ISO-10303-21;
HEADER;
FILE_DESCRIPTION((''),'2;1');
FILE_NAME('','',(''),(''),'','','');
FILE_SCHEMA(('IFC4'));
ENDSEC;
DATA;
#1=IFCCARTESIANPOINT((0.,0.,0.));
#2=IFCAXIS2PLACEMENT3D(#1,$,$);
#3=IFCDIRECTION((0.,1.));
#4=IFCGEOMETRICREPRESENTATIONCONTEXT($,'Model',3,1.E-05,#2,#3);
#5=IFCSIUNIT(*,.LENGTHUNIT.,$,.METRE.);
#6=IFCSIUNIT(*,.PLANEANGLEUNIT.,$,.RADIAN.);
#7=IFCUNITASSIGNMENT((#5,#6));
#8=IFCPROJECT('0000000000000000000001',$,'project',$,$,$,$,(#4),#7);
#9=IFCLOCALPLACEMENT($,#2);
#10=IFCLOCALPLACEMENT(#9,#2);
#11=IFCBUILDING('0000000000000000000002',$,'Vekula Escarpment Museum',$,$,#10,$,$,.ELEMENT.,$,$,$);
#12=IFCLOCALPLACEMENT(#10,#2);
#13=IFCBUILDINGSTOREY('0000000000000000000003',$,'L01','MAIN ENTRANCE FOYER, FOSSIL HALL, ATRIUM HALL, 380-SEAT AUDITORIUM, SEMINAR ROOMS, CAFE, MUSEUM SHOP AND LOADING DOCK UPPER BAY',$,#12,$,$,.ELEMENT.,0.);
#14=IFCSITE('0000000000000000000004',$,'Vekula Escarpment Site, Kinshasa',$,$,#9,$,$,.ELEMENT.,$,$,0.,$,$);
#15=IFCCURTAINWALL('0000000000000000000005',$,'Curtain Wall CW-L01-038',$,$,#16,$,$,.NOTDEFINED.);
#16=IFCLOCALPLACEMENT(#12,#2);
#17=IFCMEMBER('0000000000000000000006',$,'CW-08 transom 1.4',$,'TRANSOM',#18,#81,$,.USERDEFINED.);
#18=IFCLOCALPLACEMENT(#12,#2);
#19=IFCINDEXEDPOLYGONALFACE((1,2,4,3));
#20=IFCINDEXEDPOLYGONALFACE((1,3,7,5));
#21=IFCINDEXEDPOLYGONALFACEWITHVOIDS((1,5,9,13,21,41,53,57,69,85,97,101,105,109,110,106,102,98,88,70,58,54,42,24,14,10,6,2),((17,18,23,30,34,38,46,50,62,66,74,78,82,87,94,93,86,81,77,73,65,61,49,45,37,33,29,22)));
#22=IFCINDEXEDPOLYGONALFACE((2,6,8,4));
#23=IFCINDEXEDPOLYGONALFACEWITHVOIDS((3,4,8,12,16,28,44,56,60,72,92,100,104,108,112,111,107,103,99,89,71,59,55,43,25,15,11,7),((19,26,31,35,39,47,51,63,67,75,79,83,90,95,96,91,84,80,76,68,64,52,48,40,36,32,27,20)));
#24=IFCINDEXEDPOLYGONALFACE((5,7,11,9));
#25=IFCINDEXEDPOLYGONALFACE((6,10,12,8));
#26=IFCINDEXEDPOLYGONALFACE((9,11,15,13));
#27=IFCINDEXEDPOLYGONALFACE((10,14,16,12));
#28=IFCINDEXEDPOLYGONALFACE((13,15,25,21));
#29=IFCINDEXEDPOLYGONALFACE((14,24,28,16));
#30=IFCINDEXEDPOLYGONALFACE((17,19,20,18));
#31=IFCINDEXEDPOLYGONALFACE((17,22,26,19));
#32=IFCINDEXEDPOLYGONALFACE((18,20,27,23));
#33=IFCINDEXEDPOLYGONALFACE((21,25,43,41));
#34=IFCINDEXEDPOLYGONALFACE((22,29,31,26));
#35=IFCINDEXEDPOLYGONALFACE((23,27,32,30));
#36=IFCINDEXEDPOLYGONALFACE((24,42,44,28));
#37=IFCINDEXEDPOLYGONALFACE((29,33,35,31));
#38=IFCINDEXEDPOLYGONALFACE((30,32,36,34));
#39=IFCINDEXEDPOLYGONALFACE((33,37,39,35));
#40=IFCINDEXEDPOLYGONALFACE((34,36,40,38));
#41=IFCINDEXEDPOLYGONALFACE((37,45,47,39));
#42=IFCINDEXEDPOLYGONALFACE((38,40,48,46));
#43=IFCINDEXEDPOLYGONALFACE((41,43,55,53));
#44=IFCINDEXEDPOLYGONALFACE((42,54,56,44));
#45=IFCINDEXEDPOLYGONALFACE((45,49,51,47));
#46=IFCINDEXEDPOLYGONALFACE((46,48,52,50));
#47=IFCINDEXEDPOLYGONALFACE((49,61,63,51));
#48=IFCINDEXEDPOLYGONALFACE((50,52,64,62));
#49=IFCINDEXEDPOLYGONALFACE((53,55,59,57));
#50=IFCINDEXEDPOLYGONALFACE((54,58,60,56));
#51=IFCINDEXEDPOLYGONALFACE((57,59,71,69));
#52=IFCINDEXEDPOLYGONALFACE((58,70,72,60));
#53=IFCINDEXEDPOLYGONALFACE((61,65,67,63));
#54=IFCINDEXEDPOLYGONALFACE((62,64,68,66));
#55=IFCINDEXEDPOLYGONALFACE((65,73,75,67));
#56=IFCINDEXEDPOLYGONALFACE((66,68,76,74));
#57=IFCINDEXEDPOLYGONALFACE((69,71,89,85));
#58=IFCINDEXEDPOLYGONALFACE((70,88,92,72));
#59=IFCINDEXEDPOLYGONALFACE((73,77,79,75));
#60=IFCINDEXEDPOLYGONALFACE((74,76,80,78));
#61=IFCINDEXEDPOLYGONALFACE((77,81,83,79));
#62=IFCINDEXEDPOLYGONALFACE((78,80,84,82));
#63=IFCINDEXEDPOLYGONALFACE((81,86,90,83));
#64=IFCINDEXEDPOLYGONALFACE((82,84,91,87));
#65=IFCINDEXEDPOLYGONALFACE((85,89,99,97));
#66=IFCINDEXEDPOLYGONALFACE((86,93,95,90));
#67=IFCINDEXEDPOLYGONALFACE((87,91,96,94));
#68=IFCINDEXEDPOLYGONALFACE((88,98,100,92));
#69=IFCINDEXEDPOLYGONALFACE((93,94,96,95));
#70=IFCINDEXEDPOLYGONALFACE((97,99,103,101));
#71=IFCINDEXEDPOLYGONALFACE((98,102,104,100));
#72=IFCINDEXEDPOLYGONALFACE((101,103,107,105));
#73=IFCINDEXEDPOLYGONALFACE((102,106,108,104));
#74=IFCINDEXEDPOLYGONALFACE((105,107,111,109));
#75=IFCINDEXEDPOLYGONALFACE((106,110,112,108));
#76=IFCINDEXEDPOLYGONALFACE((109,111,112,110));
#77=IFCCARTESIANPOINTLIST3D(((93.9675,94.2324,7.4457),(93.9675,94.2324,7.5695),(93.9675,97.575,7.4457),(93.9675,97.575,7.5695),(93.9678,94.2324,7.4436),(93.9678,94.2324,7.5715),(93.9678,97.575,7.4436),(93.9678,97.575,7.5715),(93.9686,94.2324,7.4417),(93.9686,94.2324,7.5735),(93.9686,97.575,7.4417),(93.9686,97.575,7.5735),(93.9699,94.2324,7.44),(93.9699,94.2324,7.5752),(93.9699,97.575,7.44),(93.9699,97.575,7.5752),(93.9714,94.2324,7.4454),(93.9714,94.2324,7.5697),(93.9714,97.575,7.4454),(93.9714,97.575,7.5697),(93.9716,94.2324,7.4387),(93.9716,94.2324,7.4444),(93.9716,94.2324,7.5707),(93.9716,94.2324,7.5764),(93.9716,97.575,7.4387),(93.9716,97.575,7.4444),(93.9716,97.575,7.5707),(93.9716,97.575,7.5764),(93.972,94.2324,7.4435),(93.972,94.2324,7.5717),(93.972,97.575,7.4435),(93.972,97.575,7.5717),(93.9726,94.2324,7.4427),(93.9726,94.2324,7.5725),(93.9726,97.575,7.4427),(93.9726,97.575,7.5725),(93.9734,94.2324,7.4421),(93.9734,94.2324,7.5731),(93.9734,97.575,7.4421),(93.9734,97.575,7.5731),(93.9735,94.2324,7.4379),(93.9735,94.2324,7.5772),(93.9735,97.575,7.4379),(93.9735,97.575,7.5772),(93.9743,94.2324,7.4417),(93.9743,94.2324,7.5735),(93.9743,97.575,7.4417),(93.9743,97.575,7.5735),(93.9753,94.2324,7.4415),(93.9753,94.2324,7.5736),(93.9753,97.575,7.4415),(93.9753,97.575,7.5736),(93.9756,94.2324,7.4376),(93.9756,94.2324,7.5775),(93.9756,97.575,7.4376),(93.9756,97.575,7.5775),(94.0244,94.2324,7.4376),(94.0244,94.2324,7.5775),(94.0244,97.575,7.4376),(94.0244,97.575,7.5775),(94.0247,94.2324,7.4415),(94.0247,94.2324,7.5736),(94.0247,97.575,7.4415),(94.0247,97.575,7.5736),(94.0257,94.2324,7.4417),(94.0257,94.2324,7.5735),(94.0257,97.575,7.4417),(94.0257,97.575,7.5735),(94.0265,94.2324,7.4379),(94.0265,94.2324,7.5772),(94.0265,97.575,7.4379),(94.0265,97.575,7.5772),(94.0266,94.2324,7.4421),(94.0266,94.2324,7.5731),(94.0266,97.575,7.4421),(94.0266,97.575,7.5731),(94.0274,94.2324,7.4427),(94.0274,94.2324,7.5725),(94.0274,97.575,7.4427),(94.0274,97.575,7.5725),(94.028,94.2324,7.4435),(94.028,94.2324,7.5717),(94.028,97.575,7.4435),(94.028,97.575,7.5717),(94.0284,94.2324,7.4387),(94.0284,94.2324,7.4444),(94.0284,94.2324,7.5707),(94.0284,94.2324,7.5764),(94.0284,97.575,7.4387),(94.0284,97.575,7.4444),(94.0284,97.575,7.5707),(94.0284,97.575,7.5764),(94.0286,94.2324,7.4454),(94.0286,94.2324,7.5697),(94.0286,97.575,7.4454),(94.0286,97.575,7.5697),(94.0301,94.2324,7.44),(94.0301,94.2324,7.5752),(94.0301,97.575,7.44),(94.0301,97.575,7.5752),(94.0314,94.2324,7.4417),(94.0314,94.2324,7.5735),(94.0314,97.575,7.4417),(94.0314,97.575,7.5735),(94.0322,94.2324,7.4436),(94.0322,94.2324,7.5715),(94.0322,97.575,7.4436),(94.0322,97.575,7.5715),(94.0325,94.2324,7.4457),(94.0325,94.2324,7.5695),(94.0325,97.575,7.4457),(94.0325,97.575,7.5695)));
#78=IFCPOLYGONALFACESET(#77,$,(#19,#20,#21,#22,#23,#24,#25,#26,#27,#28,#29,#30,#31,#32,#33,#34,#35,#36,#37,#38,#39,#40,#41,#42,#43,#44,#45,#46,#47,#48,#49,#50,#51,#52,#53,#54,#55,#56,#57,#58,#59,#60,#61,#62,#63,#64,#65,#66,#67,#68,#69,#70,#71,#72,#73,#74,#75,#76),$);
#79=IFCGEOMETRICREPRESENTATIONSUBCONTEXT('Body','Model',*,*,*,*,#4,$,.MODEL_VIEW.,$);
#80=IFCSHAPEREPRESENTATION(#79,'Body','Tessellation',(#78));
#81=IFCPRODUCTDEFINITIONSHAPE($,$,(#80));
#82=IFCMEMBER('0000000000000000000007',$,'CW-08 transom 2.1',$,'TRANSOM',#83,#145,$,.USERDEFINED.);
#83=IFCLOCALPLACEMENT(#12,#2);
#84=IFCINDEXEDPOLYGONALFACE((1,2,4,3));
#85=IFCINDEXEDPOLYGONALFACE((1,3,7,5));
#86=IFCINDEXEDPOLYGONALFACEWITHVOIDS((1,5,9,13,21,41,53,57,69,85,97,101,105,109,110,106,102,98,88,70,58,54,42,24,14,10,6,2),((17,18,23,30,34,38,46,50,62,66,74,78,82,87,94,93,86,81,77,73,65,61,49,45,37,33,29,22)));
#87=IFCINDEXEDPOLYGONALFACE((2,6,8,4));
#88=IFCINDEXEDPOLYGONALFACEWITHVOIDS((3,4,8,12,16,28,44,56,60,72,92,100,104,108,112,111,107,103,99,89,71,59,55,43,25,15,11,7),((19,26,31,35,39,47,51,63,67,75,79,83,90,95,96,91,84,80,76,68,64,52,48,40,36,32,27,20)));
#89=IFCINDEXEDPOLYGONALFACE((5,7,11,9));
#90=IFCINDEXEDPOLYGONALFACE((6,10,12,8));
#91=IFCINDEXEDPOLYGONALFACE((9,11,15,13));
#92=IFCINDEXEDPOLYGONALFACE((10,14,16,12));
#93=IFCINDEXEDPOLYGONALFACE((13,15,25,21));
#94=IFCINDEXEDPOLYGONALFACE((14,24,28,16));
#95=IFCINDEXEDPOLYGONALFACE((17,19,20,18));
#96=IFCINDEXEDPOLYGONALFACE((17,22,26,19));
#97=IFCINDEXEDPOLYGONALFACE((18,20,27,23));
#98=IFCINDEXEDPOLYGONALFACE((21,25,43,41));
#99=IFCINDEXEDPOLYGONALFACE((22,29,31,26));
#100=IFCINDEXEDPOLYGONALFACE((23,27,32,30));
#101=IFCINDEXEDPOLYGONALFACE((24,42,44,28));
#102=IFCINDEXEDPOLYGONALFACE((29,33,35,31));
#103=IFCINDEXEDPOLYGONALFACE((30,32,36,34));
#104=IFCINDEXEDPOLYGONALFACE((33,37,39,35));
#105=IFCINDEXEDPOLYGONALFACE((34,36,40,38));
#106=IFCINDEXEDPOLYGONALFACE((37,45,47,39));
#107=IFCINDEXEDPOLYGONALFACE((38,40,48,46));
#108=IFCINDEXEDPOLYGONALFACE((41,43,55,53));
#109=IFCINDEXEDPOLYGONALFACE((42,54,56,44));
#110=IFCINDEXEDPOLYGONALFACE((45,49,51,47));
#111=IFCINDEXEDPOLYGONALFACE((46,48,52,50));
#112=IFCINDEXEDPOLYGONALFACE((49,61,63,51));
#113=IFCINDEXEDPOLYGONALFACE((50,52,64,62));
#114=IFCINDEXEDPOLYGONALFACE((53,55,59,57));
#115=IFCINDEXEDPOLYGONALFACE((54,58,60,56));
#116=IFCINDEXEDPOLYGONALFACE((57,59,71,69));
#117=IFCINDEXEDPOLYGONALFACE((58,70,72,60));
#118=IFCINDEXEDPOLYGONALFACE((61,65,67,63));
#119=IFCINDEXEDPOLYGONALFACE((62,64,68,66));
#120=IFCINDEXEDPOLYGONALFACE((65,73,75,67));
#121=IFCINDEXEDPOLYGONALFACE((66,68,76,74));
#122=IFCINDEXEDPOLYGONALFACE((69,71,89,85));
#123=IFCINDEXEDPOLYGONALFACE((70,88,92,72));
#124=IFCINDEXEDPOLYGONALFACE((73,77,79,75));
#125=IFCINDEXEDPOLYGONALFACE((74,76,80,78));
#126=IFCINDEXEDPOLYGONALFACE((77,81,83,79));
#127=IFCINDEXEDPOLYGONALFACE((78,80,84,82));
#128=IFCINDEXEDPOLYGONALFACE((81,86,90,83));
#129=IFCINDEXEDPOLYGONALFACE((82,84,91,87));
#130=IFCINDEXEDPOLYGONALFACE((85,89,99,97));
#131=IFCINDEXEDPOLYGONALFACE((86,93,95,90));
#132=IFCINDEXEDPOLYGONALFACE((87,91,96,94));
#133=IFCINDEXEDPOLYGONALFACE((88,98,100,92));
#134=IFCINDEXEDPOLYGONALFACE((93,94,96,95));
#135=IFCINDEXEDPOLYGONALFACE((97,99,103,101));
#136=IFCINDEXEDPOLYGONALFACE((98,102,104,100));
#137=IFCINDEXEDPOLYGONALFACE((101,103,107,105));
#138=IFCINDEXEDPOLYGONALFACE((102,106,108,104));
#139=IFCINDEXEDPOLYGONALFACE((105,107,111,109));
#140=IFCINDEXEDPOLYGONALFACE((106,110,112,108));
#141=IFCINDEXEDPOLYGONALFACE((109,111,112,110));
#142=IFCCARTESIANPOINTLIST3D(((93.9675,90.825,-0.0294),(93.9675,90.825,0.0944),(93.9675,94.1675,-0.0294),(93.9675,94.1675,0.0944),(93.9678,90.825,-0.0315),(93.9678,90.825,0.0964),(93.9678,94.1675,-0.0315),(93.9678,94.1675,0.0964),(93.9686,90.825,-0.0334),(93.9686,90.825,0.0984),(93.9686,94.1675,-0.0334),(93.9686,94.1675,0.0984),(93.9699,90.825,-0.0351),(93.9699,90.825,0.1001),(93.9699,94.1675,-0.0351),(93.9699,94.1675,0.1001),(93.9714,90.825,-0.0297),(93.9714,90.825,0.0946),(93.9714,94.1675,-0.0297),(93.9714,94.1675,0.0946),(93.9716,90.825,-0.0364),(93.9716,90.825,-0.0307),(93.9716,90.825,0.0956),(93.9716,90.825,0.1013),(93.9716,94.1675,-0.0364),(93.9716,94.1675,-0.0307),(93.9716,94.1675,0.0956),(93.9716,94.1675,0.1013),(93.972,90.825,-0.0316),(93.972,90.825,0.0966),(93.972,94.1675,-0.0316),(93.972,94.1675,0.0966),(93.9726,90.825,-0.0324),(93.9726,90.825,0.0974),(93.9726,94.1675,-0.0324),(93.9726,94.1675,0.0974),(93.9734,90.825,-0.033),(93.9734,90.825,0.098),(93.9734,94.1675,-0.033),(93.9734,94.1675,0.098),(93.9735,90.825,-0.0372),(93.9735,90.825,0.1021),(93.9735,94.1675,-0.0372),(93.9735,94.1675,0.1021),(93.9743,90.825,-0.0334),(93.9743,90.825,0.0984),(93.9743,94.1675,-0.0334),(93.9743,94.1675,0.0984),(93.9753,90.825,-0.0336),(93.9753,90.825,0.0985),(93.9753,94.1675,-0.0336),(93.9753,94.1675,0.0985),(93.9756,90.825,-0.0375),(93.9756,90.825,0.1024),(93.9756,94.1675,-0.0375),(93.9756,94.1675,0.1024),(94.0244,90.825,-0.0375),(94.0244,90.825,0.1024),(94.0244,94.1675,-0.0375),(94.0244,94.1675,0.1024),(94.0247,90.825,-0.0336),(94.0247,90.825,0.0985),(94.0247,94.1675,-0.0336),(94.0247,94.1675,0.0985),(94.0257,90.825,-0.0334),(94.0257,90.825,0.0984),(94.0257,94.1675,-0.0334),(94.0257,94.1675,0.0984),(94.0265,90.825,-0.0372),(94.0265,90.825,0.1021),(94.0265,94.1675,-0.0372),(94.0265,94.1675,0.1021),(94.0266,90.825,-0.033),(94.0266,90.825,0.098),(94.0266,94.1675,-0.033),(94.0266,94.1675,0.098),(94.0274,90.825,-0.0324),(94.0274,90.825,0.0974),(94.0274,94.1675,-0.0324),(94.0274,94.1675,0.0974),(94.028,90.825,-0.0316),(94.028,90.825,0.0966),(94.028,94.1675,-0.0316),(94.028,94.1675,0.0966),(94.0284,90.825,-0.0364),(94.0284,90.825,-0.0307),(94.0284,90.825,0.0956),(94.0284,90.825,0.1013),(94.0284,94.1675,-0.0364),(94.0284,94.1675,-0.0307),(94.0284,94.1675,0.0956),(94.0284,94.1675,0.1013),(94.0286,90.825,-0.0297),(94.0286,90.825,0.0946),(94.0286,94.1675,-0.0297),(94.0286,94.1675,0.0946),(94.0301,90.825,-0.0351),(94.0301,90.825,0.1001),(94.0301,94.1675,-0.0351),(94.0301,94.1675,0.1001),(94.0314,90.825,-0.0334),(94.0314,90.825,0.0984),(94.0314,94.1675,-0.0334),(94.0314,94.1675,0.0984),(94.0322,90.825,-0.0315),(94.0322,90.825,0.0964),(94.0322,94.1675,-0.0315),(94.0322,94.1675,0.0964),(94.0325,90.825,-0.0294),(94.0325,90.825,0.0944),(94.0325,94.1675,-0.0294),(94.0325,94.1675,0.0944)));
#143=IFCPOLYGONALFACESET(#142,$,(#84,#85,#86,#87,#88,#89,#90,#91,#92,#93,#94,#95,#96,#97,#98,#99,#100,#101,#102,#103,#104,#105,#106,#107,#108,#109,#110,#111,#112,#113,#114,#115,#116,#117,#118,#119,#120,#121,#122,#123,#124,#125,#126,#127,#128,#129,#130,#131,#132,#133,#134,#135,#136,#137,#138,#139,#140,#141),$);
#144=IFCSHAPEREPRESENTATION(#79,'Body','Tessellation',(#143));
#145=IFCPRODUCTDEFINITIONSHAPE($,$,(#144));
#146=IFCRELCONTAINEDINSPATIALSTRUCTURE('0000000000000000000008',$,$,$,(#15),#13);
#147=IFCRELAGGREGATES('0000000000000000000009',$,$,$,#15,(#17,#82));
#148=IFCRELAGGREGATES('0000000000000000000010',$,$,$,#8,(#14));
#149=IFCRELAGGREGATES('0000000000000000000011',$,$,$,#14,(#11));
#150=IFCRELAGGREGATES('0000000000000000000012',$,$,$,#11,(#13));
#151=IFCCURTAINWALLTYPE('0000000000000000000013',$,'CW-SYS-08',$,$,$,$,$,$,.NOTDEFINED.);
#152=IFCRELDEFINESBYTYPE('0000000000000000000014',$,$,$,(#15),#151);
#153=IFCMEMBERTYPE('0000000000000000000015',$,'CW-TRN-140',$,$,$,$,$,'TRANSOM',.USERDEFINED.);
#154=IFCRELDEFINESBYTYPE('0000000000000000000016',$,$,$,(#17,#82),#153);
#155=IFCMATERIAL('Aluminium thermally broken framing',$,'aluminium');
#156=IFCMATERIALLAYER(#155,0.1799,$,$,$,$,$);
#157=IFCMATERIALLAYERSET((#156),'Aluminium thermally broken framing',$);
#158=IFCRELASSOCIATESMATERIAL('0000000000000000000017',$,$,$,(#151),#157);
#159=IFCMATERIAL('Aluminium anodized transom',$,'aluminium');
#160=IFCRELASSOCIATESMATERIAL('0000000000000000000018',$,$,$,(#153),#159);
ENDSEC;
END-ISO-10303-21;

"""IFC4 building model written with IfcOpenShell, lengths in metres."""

from ifc_helpers import new_model, si_unit, direction, frame, origin, origin_2d, place, context, subcontext, project, spatial, hollow_rectangle, extrude, material, layer, layer_set, material_profile, profile_set, type_object, element, aggregate, save


model = new_model("IFC4")

# Units and contexts
model_context = context("Model", 3, precision=1e-05, world=origin(), true_north=direction((0.0, 1.0)))
body_context = subcontext(model_context, "Body", "Model", "MODEL_VIEW")
ifc_project = project(units=[si_unit("LENGTHUNIT", "METRE"), si_unit("PLANEANGLEUNIT", "RADIAN")], contexts=[model_context])

# Site, building, storey
site_placement = place(None, origin())
site = spatial("IfcSite", under=ifc_project, at=site_placement, Name="Vekula Escarpment Site, Kinshasa", CompositionType="ELEMENT", RefElevation=0.0)
building_placement = place(site_placement, origin())
building = spatial("IfcBuilding", under=site, at=building_placement, Name="Vekula Escarpment Museum", CompositionType="ELEMENT")
storey_placement = place(building_placement, origin())
storey = spatial("IfcBuildingStorey", under=building, at=storey_placement, Name="L01", Description="MAIN ENTRANCE FOYER, FOSSIL HALL, ATRIUM HALL, 380-SEAT AUDITORIUM, SEMINAR ROOMS, CAFE, MUSEUM SHOP AND LOADING DOCK UPPER BAY", CompositionType="ELEMENT", Elevation=0.0)

# Curtain wall, members
ifc_material_1 = material(Name="Aluminium thermally broken framing", Category="aluminium")
ifc_layer_1 = layer(ifc_material_1, 0.1799)
ifc_layer_set_1 = layer_set([ifc_layer_1], Name="Aluminium thermally broken framing")
curtain_wall_type_1 = type_object("IfcCurtainWallType", Name="CW-SYS-08", PredefinedType="NOTDEFINED", material=ifc_layer_set_1)
curtain_wall_1_placement = place(storey_placement, origin())
curtain_wall_1 = element("IfcCurtainWall", 1, at=curtain_wall_1_placement, inside=storey, type_object=curtain_wall_type_1, Name="Curtain Wall CW-L01-038", PredefinedType="NOTDEFINED")
ifc_material_2 = material(Name="Aluminium anodized transom", Category="aluminium")
ifc_material_profile_1 = material_profile(ifc_material_2, hollow_rectangle(XDim=0.0649, YDim=0.1399, WallThickness=0.0039, InnerFilletRadius=0.0039, OuterFilletRadius=0.0081, at=origin_2d()), Name="ALU 140x65x4")
ifc_profile_set_1 = profile_set([ifc_material_profile_1], Name="Aluminium anodized transom")
member_type_1 = type_object("IfcMemberType", Name="CW-TRN-140", ElementType="TRANSOM", PredefinedType="USERDEFINED", material=ifc_profile_set_1)
member_1_placement = place(storey_placement, frame((94.0, 97.575, 7.5076), z_axis=(0.0, -1.0, 0.0), x_axis=(1.0, 0.0, 0.0)))
member_1 = element("IfcMember", 2, at=member_1_placement, type_object=member_type_1, Name="CW-08 transom 1.4", ObjectType="TRANSOM", PredefinedType="USERDEFINED", context=body_context, shape_type="SweptSolid", body=[
    extrude(hollow_rectangle(XDim=0.0649, YDim=0.1399, WallThickness=0.0039, InnerFilletRadius=0.0039, OuterFilletRadius=0.0081, at=origin_2d()), origin(), (0.0, 0.0, 1.0), 3.3425),
])
member_2_placement = place(storey_placement, frame((94.0, 94.1675, 0.0325), z_axis=(0.0, -1.0, 0.0), x_axis=(1.0, 0.0, 0.0)))
member_2 = element("IfcMember", 3, at=member_2_placement, type_object=member_type_1, Name="CW-08 transom 2.1", ObjectType="TRANSOM", PredefinedType="USERDEFINED", context=body_context, shape_type="SweptSolid", body=[
    extrude(hollow_rectangle(XDim=0.0649, YDim=0.1399, WallThickness=0.0039, InnerFilletRadius=0.0039, OuterFilletRadius=0.0081, at=origin_2d()), origin(), (0.0, 0.0, 1.0), 3.3425),
])

aggregate(curtain_wall_1, [member_1, member_2])

save(model, "model.ifc")
